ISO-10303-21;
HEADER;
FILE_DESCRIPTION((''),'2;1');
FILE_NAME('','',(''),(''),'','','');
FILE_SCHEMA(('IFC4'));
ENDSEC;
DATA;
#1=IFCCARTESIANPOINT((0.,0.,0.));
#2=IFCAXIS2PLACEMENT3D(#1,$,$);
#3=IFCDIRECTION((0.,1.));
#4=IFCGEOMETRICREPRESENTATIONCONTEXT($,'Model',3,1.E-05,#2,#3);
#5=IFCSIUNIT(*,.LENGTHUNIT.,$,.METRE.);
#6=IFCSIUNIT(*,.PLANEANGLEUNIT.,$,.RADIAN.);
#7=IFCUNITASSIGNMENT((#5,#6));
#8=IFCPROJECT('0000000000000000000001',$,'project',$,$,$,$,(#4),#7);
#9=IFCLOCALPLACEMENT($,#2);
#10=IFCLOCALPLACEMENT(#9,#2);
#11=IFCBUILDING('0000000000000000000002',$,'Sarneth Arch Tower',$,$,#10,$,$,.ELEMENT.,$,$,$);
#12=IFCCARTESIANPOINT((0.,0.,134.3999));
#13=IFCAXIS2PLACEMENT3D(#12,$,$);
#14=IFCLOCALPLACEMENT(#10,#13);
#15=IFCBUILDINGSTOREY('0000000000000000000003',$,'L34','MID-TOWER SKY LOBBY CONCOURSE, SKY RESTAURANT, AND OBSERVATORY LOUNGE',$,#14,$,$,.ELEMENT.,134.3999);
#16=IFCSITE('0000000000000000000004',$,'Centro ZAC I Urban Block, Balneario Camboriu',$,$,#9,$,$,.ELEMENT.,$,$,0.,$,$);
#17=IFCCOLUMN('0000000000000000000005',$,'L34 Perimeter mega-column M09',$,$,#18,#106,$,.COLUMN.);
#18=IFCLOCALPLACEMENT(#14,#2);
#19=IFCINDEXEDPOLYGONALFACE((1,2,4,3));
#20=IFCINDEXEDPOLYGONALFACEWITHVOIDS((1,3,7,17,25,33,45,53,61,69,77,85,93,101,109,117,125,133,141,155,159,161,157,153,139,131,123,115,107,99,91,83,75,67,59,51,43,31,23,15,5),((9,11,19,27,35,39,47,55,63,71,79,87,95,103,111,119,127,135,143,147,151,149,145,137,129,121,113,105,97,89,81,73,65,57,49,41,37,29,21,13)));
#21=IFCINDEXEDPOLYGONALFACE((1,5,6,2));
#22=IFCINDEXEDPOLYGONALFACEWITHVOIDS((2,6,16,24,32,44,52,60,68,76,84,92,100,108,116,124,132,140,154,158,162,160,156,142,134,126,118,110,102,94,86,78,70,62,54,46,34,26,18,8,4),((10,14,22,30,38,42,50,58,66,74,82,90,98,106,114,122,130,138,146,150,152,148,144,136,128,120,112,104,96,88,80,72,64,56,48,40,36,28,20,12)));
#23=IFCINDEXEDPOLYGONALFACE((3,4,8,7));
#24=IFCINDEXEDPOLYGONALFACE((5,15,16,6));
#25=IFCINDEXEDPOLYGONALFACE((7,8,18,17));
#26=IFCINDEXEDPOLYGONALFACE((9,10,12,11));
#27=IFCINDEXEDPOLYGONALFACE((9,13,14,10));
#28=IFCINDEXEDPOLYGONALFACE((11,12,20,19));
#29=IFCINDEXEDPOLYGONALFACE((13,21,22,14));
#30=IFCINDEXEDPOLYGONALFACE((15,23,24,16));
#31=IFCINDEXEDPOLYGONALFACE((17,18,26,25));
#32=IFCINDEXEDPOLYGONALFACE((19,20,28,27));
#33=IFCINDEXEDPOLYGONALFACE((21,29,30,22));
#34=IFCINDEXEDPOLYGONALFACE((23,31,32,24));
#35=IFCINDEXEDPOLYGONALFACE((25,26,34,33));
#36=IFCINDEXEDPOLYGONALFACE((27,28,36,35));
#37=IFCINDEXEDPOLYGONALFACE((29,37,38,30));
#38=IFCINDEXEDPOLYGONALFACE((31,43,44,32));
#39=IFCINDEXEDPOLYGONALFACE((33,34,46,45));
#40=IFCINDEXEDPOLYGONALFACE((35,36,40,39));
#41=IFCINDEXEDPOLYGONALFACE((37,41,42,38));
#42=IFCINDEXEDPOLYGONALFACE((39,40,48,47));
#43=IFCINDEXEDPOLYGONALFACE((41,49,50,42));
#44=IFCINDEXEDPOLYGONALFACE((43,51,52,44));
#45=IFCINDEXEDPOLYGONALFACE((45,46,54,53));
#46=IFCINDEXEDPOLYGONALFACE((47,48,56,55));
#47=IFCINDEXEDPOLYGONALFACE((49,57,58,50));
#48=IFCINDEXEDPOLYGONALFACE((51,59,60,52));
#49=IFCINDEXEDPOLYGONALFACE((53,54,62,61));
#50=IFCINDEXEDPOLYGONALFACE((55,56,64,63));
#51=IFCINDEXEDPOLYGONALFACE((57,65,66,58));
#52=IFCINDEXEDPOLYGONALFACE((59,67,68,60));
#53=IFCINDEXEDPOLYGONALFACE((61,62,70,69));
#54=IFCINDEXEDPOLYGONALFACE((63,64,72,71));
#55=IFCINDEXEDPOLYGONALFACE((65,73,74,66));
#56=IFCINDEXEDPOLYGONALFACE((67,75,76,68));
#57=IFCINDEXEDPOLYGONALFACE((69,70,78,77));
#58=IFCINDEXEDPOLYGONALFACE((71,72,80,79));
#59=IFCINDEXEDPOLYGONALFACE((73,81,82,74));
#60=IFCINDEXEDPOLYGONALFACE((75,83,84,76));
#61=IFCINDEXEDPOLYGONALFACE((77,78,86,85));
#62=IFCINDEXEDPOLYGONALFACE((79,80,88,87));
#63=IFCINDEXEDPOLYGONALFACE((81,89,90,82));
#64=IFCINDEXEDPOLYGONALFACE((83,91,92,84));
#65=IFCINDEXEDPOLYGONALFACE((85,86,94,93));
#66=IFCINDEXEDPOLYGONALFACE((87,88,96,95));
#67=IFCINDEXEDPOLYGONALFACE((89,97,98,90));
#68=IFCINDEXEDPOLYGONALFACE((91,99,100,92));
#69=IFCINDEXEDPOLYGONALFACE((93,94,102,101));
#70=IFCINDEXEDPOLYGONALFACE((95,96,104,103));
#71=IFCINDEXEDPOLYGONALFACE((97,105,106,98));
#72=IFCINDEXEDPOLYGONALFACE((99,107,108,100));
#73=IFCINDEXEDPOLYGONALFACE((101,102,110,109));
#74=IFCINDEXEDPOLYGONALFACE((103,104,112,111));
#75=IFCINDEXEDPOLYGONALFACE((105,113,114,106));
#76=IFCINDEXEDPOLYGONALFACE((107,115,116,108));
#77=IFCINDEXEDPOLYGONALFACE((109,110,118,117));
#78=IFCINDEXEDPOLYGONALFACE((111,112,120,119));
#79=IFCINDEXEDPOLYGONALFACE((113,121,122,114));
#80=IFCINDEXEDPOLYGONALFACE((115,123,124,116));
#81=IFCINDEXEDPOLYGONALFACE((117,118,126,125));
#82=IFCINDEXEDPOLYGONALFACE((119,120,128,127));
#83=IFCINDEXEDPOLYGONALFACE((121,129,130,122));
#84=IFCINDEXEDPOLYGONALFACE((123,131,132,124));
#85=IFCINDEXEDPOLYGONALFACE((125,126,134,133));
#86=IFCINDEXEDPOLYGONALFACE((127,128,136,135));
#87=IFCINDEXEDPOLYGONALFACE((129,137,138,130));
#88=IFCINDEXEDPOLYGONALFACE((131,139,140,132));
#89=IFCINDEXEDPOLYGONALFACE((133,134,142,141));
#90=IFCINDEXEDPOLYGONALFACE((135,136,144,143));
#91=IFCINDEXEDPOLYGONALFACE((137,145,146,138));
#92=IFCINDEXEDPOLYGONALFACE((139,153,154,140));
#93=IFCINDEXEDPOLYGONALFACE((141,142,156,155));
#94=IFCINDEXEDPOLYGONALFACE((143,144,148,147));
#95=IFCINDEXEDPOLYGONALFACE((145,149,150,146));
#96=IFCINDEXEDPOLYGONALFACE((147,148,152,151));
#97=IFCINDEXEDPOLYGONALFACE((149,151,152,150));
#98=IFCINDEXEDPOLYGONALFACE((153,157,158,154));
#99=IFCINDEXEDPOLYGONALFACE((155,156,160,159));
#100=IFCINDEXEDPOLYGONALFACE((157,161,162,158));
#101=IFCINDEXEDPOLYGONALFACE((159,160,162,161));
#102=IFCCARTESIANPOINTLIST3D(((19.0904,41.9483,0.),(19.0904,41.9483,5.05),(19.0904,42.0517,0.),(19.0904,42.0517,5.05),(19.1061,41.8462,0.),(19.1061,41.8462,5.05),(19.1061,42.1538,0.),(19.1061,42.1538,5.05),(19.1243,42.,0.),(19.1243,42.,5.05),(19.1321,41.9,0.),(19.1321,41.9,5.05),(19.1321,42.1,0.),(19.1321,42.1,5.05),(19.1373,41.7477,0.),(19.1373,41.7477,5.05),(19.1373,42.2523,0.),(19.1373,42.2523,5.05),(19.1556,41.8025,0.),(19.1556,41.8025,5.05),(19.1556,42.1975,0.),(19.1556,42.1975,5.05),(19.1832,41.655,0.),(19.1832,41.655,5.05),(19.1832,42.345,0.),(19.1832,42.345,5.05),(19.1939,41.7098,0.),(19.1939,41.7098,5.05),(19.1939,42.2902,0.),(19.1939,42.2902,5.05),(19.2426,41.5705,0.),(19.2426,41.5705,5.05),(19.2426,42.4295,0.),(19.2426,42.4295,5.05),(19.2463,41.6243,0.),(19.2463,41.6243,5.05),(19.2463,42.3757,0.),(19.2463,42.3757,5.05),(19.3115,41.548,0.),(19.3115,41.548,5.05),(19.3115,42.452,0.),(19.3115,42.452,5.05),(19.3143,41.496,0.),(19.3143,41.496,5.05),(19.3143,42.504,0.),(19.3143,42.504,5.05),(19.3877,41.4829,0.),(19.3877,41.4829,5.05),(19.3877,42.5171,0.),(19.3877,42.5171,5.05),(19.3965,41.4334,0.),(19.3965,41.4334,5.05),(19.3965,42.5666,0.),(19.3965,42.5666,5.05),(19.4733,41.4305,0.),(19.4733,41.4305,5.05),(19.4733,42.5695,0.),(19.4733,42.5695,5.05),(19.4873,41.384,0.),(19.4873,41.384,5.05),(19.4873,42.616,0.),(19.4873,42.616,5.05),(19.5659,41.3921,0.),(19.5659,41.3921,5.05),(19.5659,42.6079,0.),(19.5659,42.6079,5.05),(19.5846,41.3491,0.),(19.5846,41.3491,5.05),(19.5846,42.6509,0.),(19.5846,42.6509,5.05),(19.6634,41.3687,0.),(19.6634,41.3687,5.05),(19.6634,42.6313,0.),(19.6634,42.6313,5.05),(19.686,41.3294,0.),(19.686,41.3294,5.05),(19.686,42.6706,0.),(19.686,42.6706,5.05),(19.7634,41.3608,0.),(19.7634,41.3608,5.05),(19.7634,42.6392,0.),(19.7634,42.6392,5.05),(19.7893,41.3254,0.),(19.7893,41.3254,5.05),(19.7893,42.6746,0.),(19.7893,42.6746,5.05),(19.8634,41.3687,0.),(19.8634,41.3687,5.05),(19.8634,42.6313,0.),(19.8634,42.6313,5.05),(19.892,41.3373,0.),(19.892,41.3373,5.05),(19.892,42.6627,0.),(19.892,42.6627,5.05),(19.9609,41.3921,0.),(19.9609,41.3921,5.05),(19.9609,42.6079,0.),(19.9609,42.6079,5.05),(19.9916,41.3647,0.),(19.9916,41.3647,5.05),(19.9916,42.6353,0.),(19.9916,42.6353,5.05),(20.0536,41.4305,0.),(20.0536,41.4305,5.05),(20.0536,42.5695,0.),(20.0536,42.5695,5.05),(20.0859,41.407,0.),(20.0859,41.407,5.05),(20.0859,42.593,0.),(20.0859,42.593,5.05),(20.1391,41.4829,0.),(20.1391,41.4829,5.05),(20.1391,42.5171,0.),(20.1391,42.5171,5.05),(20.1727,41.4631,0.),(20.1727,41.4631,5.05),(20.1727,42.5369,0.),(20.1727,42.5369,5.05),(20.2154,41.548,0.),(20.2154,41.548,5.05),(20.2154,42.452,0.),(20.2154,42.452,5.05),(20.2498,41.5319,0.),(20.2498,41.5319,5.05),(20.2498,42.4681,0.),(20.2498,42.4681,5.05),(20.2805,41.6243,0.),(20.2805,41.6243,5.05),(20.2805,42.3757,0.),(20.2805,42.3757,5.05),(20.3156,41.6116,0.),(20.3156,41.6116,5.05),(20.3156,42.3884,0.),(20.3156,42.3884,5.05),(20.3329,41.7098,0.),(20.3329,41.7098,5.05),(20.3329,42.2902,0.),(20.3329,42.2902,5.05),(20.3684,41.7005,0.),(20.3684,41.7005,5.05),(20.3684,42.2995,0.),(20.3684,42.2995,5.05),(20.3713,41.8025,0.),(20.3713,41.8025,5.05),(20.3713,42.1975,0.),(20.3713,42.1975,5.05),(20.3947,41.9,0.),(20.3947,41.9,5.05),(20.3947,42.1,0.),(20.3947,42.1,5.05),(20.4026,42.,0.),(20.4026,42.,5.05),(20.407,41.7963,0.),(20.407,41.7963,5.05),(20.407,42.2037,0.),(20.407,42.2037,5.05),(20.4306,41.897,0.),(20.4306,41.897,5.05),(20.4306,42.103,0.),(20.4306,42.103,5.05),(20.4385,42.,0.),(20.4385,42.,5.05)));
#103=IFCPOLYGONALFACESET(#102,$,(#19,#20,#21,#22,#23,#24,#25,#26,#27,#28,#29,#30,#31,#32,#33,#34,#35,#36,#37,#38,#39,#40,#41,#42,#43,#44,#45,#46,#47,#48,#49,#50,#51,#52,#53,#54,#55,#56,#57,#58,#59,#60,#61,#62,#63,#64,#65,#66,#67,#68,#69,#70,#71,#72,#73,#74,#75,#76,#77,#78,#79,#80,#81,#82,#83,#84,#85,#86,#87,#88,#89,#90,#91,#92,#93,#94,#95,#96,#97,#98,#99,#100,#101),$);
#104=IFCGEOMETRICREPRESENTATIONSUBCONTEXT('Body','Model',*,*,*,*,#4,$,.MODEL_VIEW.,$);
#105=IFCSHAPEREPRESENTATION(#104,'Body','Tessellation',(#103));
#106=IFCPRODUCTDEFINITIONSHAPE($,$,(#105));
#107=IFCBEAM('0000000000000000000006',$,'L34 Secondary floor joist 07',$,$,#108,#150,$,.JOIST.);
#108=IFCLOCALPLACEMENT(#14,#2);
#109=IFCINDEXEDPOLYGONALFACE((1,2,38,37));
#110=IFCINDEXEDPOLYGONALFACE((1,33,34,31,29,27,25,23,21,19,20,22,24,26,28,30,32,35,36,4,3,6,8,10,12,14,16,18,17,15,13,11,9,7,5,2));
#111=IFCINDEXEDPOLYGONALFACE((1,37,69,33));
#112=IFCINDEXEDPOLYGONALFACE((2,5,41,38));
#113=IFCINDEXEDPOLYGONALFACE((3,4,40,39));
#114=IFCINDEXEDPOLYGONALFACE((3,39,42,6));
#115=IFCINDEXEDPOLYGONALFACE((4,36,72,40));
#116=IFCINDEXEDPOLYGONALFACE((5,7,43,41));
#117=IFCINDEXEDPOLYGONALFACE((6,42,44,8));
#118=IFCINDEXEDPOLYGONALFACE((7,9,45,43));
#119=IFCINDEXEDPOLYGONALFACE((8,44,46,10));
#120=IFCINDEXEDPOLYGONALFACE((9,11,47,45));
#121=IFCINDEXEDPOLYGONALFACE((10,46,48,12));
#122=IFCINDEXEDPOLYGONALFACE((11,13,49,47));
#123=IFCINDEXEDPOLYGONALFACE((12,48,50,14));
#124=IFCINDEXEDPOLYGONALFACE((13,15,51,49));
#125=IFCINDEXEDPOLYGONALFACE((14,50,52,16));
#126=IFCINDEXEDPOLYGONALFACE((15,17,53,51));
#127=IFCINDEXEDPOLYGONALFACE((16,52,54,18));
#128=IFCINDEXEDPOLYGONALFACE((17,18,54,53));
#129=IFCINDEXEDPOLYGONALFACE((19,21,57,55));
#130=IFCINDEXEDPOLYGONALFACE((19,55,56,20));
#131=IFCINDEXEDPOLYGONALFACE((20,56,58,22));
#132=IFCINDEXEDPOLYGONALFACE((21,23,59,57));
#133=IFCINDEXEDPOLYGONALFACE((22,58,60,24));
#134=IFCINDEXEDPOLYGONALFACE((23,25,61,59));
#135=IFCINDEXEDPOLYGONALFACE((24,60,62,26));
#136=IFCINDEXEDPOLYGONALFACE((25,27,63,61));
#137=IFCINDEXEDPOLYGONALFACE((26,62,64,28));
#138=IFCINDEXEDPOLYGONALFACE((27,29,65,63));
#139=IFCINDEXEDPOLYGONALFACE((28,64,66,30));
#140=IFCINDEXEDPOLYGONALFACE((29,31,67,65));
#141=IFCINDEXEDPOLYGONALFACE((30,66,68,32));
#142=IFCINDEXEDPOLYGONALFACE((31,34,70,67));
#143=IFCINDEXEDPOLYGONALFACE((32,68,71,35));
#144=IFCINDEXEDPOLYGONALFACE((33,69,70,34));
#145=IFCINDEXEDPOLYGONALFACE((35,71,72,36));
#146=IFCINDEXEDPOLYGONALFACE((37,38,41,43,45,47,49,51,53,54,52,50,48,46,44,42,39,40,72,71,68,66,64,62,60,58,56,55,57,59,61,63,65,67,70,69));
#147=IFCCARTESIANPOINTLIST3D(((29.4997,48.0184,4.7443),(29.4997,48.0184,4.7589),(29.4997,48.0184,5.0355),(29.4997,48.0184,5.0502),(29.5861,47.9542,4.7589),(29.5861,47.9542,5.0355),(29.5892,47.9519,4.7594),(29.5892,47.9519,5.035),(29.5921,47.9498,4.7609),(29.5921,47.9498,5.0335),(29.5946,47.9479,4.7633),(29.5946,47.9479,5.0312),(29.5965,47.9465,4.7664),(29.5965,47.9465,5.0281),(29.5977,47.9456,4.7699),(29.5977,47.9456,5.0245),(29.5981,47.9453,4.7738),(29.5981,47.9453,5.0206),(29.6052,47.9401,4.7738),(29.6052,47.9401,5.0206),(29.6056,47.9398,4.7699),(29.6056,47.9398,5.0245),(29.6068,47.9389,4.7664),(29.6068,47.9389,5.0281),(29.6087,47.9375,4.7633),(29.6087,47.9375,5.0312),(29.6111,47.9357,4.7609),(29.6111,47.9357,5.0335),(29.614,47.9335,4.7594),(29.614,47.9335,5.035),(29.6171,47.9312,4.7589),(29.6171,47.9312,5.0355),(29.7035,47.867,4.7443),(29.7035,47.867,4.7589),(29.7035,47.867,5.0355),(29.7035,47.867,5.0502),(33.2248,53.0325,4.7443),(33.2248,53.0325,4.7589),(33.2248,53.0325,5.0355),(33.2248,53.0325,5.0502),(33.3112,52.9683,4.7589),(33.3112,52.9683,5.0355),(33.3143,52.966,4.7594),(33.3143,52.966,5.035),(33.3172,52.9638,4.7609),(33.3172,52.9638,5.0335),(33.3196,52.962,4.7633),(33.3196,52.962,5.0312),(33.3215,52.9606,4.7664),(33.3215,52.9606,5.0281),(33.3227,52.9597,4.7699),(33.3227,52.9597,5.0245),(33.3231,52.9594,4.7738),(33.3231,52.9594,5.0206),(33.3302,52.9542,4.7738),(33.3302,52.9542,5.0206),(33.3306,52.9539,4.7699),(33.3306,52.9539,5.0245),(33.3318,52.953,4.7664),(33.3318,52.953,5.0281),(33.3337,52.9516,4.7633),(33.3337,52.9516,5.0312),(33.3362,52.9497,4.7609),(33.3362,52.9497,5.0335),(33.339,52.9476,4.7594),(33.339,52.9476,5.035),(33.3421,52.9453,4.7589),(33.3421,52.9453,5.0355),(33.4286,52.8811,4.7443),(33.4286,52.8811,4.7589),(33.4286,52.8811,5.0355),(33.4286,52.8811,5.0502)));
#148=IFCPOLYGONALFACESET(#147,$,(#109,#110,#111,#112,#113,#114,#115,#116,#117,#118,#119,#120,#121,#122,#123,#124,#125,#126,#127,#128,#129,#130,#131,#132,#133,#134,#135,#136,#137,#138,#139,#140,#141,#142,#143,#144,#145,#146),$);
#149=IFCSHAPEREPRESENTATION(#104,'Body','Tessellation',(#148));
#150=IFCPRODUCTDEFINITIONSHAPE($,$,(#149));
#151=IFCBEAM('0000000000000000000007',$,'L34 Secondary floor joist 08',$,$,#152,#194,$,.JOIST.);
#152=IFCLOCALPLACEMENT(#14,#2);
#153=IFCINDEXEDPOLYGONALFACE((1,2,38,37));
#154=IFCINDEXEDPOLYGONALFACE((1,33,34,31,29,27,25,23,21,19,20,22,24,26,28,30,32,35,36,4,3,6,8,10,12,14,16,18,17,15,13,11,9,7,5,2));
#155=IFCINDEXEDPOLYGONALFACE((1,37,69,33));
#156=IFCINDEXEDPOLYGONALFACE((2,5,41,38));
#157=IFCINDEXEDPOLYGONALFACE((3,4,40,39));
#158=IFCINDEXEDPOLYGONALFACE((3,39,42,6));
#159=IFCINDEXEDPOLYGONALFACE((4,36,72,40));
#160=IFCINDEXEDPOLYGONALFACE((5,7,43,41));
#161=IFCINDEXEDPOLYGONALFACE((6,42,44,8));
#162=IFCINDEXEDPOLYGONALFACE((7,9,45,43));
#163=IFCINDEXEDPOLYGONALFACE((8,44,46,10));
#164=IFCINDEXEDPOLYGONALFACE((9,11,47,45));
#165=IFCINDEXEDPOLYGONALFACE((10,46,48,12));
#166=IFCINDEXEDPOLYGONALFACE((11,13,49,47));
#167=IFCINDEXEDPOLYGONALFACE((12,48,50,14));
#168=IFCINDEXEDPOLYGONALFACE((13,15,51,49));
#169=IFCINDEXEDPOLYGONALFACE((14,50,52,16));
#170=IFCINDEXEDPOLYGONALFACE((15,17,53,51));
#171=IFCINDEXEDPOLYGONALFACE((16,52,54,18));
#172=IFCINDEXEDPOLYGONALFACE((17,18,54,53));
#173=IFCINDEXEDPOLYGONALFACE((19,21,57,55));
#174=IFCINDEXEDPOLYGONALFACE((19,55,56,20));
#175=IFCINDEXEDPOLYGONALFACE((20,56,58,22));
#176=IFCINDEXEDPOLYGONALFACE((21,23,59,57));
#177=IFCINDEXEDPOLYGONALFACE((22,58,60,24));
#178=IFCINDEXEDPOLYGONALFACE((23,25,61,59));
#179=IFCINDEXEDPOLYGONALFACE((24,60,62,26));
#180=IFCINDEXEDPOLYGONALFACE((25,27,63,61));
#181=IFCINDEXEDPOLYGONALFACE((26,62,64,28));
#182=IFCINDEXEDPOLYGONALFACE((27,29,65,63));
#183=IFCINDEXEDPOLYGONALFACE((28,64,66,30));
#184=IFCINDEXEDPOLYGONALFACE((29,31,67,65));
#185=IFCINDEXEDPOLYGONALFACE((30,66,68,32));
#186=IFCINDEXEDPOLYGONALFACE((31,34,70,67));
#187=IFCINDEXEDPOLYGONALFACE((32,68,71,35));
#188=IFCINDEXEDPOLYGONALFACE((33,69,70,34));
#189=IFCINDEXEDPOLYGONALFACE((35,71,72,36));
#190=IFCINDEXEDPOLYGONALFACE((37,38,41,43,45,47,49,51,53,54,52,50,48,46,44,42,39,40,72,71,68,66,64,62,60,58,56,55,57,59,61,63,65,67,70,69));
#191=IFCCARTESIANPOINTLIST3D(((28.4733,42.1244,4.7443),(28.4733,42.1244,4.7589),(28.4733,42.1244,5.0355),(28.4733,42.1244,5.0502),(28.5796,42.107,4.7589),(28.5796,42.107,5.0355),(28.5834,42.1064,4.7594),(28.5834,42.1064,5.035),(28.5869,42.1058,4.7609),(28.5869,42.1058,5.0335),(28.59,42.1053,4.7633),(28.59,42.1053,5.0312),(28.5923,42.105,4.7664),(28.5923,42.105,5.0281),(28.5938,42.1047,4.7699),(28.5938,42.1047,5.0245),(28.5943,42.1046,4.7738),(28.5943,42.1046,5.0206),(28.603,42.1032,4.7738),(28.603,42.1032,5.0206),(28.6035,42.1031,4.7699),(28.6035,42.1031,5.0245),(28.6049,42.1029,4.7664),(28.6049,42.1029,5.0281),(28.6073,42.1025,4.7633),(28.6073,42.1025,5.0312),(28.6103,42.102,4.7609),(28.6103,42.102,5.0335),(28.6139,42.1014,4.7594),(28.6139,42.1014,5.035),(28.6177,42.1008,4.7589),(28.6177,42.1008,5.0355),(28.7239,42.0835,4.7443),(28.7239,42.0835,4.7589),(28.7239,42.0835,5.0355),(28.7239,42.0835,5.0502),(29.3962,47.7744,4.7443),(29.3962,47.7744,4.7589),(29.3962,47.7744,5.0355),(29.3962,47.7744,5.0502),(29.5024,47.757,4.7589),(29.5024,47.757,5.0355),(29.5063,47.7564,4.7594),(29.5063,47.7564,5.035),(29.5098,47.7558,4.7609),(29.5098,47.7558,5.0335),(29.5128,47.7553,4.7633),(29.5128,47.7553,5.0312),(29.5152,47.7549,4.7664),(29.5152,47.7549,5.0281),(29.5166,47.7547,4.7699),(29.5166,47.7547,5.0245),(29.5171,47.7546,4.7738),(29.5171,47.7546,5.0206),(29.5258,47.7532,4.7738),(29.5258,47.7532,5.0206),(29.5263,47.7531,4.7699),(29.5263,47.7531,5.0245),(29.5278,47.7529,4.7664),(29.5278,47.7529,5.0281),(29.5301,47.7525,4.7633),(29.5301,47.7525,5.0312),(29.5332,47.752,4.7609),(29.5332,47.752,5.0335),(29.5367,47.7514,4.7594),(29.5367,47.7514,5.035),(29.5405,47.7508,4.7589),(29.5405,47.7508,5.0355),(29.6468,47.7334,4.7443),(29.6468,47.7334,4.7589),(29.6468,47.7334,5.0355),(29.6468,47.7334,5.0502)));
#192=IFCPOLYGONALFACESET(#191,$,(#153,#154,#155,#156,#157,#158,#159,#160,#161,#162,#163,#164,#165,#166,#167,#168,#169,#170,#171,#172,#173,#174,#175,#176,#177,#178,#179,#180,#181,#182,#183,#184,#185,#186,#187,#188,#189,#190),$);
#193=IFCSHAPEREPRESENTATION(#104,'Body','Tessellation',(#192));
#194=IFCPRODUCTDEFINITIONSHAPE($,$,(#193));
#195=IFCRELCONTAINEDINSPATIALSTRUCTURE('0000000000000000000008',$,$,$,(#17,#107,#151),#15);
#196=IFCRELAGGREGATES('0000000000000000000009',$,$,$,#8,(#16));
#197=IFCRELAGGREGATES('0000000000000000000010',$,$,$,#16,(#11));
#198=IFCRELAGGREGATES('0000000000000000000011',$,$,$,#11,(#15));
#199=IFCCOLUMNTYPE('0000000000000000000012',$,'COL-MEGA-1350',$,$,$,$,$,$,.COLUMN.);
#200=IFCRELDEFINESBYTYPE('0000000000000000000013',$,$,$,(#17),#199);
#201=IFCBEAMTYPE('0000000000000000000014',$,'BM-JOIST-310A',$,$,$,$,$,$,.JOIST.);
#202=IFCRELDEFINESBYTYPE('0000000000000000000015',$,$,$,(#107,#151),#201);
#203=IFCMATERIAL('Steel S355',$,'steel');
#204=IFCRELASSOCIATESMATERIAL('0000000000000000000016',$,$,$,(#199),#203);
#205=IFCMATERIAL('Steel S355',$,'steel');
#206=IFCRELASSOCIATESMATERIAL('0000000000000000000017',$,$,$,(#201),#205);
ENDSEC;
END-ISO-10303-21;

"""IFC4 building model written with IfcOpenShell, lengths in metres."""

from ifc_helpers import new_model, si_unit, direction, frame, origin, origin_2d, place, context, subcontext, project, spatial, hollow_circle, i_section, extrude, material, material_profile, profile_set, type_object, element, save


model = new_model("IFC4")

# Units and contexts
model_context = context("Model", 3, precision=1e-05, world=origin(), true_north=direction((0.0, 1.0)))
body_context = subcontext(model_context, "Body", "Model", "MODEL_VIEW")
ifc_project = project(units=[si_unit("LENGTHUNIT", "METRE"), si_unit("PLANEANGLEUNIT", "RADIAN")], contexts=[model_context])

# Site, building, storey
site_placement = place(None, origin())
site = spatial("IfcSite", under=ifc_project, at=site_placement, Name="Centro ZAC I Urban Block, Balneario Camboriu", CompositionType="ELEMENT", RefElevation=0.0)
building_placement = place(site_placement, origin())
building = spatial("IfcBuilding", under=site, at=building_placement, Name="Sarneth Arch Tower", CompositionType="ELEMENT")
storey_placement = place(building_placement, frame((0.0, 0.0, 134.3999)))
storey = spatial("IfcBuildingStorey", under=building, at=storey_placement, Name="L34", Description="MID-TOWER SKY LOBBY CONCOURSE, SKY RESTAURANT, AND OBSERVATORY LOUNGE", CompositionType="ELEMENT", Elevation=134.3999)

# Column
ifc_material_1 = material(Name="Steel S355", Category="steel")
ifc_material_profile_1 = material_profile(ifc_material_1, hollow_circle(Radius=0.675, WallThickness=0.0359, at=origin_2d()), Name="CHS1350x36")
ifc_profile_set_1 = profile_set([ifc_material_profile_1], Name="Steel S355")
column_type = type_object("IfcColumnType", Name="COL-MEGA-1350", PredefinedType="COLUMN", material=ifc_profile_set_1)
for number, where, z_axis, x_axis, name in (
    (1, (19.7634, 42.0, 0.0), (0.0, 0.0, 1.0), (1.0, 0.0, 0.0), "L34 Perimeter mega-column M09"),
):
    element("IfcColumn", number, at=place(storey_placement, frame(where, z_axis=z_axis, x_axis=x_axis)), inside=storey, type_object=column_type, Name=name, PredefinedType="COLUMN", context=body_context, shape_type="SweptSolid", body=[
        extrude(hollow_circle(Radius=0.675, WallThickness=0.0359, at=origin_2d()), origin(), (0.0, 0.0, 1.0), 5.05),
    ])

# Beams
ifc_material_2 = material(Name="Steel S355", Category="steel")
ifc_material_profile_2 = material_profile(ifc_material_2, i_section(OverallWidth=0.2539, OverallDepth=0.3059, WebThickness=0.0088, FlangeThickness=0.0146, FilletRadius=0.0149, at=origin_2d()), Name="W310x79")
ifc_profile_set_2 = profile_set([ifc_material_profile_2], Name="Steel S355")
beam_type_1 = type_object("IfcBeamType", Name="BM-JOIST-310A", PredefinedType="JOIST", material=ifc_profile_set_2)
beam_1_placement = place(storey_placement, frame((33.3267, 52.9568, 4.8972), z_axis=(-0.596354, -0.802721, 0.0), x_axis=(0.802721, -0.596354, 0.0)))
element("IfcBeam", 2, at=beam_1_placement, inside=storey, type_object=beam_type_1, Name="L34 Secondary floor joist 07", PredefinedType="JOIST", context=body_context, shape_type="SweptSolid", body=[
    extrude(i_section(OverallWidth=0.2539, OverallDepth=0.3059, WebThickness=0.0088, FlangeThickness=0.0146, FilletRadius=0.0149, at=origin_2d()), origin(), (0.0, 0.0, 1.0), 6.2463),
])
for number, where, z_axis, x_axis, name in (
    (3, (29.5215, 47.7539, 4.8972), (-0.161203, -0.986921, 0.0), (0.986921, -0.161203, 0.0), "L34 Secondary floor joist 08"),
):
    element("IfcBeam", number, at=place(storey_placement, frame(where, z_axis=z_axis, x_axis=x_axis)), inside=storey, type_object=beam_type_1, Name=name, PredefinedType="JOIST", context=body_context, shape_type="SweptSolid", body=[
        extrude(i_section(OverallWidth=0.2539, OverallDepth=0.3059, WebThickness=0.0088, FlangeThickness=0.0146, FilletRadius=0.0149, at=origin_2d()), origin(), (0.0, 0.0, 1.0), 5.7249),
    ])

save(model, "model.ifc")
